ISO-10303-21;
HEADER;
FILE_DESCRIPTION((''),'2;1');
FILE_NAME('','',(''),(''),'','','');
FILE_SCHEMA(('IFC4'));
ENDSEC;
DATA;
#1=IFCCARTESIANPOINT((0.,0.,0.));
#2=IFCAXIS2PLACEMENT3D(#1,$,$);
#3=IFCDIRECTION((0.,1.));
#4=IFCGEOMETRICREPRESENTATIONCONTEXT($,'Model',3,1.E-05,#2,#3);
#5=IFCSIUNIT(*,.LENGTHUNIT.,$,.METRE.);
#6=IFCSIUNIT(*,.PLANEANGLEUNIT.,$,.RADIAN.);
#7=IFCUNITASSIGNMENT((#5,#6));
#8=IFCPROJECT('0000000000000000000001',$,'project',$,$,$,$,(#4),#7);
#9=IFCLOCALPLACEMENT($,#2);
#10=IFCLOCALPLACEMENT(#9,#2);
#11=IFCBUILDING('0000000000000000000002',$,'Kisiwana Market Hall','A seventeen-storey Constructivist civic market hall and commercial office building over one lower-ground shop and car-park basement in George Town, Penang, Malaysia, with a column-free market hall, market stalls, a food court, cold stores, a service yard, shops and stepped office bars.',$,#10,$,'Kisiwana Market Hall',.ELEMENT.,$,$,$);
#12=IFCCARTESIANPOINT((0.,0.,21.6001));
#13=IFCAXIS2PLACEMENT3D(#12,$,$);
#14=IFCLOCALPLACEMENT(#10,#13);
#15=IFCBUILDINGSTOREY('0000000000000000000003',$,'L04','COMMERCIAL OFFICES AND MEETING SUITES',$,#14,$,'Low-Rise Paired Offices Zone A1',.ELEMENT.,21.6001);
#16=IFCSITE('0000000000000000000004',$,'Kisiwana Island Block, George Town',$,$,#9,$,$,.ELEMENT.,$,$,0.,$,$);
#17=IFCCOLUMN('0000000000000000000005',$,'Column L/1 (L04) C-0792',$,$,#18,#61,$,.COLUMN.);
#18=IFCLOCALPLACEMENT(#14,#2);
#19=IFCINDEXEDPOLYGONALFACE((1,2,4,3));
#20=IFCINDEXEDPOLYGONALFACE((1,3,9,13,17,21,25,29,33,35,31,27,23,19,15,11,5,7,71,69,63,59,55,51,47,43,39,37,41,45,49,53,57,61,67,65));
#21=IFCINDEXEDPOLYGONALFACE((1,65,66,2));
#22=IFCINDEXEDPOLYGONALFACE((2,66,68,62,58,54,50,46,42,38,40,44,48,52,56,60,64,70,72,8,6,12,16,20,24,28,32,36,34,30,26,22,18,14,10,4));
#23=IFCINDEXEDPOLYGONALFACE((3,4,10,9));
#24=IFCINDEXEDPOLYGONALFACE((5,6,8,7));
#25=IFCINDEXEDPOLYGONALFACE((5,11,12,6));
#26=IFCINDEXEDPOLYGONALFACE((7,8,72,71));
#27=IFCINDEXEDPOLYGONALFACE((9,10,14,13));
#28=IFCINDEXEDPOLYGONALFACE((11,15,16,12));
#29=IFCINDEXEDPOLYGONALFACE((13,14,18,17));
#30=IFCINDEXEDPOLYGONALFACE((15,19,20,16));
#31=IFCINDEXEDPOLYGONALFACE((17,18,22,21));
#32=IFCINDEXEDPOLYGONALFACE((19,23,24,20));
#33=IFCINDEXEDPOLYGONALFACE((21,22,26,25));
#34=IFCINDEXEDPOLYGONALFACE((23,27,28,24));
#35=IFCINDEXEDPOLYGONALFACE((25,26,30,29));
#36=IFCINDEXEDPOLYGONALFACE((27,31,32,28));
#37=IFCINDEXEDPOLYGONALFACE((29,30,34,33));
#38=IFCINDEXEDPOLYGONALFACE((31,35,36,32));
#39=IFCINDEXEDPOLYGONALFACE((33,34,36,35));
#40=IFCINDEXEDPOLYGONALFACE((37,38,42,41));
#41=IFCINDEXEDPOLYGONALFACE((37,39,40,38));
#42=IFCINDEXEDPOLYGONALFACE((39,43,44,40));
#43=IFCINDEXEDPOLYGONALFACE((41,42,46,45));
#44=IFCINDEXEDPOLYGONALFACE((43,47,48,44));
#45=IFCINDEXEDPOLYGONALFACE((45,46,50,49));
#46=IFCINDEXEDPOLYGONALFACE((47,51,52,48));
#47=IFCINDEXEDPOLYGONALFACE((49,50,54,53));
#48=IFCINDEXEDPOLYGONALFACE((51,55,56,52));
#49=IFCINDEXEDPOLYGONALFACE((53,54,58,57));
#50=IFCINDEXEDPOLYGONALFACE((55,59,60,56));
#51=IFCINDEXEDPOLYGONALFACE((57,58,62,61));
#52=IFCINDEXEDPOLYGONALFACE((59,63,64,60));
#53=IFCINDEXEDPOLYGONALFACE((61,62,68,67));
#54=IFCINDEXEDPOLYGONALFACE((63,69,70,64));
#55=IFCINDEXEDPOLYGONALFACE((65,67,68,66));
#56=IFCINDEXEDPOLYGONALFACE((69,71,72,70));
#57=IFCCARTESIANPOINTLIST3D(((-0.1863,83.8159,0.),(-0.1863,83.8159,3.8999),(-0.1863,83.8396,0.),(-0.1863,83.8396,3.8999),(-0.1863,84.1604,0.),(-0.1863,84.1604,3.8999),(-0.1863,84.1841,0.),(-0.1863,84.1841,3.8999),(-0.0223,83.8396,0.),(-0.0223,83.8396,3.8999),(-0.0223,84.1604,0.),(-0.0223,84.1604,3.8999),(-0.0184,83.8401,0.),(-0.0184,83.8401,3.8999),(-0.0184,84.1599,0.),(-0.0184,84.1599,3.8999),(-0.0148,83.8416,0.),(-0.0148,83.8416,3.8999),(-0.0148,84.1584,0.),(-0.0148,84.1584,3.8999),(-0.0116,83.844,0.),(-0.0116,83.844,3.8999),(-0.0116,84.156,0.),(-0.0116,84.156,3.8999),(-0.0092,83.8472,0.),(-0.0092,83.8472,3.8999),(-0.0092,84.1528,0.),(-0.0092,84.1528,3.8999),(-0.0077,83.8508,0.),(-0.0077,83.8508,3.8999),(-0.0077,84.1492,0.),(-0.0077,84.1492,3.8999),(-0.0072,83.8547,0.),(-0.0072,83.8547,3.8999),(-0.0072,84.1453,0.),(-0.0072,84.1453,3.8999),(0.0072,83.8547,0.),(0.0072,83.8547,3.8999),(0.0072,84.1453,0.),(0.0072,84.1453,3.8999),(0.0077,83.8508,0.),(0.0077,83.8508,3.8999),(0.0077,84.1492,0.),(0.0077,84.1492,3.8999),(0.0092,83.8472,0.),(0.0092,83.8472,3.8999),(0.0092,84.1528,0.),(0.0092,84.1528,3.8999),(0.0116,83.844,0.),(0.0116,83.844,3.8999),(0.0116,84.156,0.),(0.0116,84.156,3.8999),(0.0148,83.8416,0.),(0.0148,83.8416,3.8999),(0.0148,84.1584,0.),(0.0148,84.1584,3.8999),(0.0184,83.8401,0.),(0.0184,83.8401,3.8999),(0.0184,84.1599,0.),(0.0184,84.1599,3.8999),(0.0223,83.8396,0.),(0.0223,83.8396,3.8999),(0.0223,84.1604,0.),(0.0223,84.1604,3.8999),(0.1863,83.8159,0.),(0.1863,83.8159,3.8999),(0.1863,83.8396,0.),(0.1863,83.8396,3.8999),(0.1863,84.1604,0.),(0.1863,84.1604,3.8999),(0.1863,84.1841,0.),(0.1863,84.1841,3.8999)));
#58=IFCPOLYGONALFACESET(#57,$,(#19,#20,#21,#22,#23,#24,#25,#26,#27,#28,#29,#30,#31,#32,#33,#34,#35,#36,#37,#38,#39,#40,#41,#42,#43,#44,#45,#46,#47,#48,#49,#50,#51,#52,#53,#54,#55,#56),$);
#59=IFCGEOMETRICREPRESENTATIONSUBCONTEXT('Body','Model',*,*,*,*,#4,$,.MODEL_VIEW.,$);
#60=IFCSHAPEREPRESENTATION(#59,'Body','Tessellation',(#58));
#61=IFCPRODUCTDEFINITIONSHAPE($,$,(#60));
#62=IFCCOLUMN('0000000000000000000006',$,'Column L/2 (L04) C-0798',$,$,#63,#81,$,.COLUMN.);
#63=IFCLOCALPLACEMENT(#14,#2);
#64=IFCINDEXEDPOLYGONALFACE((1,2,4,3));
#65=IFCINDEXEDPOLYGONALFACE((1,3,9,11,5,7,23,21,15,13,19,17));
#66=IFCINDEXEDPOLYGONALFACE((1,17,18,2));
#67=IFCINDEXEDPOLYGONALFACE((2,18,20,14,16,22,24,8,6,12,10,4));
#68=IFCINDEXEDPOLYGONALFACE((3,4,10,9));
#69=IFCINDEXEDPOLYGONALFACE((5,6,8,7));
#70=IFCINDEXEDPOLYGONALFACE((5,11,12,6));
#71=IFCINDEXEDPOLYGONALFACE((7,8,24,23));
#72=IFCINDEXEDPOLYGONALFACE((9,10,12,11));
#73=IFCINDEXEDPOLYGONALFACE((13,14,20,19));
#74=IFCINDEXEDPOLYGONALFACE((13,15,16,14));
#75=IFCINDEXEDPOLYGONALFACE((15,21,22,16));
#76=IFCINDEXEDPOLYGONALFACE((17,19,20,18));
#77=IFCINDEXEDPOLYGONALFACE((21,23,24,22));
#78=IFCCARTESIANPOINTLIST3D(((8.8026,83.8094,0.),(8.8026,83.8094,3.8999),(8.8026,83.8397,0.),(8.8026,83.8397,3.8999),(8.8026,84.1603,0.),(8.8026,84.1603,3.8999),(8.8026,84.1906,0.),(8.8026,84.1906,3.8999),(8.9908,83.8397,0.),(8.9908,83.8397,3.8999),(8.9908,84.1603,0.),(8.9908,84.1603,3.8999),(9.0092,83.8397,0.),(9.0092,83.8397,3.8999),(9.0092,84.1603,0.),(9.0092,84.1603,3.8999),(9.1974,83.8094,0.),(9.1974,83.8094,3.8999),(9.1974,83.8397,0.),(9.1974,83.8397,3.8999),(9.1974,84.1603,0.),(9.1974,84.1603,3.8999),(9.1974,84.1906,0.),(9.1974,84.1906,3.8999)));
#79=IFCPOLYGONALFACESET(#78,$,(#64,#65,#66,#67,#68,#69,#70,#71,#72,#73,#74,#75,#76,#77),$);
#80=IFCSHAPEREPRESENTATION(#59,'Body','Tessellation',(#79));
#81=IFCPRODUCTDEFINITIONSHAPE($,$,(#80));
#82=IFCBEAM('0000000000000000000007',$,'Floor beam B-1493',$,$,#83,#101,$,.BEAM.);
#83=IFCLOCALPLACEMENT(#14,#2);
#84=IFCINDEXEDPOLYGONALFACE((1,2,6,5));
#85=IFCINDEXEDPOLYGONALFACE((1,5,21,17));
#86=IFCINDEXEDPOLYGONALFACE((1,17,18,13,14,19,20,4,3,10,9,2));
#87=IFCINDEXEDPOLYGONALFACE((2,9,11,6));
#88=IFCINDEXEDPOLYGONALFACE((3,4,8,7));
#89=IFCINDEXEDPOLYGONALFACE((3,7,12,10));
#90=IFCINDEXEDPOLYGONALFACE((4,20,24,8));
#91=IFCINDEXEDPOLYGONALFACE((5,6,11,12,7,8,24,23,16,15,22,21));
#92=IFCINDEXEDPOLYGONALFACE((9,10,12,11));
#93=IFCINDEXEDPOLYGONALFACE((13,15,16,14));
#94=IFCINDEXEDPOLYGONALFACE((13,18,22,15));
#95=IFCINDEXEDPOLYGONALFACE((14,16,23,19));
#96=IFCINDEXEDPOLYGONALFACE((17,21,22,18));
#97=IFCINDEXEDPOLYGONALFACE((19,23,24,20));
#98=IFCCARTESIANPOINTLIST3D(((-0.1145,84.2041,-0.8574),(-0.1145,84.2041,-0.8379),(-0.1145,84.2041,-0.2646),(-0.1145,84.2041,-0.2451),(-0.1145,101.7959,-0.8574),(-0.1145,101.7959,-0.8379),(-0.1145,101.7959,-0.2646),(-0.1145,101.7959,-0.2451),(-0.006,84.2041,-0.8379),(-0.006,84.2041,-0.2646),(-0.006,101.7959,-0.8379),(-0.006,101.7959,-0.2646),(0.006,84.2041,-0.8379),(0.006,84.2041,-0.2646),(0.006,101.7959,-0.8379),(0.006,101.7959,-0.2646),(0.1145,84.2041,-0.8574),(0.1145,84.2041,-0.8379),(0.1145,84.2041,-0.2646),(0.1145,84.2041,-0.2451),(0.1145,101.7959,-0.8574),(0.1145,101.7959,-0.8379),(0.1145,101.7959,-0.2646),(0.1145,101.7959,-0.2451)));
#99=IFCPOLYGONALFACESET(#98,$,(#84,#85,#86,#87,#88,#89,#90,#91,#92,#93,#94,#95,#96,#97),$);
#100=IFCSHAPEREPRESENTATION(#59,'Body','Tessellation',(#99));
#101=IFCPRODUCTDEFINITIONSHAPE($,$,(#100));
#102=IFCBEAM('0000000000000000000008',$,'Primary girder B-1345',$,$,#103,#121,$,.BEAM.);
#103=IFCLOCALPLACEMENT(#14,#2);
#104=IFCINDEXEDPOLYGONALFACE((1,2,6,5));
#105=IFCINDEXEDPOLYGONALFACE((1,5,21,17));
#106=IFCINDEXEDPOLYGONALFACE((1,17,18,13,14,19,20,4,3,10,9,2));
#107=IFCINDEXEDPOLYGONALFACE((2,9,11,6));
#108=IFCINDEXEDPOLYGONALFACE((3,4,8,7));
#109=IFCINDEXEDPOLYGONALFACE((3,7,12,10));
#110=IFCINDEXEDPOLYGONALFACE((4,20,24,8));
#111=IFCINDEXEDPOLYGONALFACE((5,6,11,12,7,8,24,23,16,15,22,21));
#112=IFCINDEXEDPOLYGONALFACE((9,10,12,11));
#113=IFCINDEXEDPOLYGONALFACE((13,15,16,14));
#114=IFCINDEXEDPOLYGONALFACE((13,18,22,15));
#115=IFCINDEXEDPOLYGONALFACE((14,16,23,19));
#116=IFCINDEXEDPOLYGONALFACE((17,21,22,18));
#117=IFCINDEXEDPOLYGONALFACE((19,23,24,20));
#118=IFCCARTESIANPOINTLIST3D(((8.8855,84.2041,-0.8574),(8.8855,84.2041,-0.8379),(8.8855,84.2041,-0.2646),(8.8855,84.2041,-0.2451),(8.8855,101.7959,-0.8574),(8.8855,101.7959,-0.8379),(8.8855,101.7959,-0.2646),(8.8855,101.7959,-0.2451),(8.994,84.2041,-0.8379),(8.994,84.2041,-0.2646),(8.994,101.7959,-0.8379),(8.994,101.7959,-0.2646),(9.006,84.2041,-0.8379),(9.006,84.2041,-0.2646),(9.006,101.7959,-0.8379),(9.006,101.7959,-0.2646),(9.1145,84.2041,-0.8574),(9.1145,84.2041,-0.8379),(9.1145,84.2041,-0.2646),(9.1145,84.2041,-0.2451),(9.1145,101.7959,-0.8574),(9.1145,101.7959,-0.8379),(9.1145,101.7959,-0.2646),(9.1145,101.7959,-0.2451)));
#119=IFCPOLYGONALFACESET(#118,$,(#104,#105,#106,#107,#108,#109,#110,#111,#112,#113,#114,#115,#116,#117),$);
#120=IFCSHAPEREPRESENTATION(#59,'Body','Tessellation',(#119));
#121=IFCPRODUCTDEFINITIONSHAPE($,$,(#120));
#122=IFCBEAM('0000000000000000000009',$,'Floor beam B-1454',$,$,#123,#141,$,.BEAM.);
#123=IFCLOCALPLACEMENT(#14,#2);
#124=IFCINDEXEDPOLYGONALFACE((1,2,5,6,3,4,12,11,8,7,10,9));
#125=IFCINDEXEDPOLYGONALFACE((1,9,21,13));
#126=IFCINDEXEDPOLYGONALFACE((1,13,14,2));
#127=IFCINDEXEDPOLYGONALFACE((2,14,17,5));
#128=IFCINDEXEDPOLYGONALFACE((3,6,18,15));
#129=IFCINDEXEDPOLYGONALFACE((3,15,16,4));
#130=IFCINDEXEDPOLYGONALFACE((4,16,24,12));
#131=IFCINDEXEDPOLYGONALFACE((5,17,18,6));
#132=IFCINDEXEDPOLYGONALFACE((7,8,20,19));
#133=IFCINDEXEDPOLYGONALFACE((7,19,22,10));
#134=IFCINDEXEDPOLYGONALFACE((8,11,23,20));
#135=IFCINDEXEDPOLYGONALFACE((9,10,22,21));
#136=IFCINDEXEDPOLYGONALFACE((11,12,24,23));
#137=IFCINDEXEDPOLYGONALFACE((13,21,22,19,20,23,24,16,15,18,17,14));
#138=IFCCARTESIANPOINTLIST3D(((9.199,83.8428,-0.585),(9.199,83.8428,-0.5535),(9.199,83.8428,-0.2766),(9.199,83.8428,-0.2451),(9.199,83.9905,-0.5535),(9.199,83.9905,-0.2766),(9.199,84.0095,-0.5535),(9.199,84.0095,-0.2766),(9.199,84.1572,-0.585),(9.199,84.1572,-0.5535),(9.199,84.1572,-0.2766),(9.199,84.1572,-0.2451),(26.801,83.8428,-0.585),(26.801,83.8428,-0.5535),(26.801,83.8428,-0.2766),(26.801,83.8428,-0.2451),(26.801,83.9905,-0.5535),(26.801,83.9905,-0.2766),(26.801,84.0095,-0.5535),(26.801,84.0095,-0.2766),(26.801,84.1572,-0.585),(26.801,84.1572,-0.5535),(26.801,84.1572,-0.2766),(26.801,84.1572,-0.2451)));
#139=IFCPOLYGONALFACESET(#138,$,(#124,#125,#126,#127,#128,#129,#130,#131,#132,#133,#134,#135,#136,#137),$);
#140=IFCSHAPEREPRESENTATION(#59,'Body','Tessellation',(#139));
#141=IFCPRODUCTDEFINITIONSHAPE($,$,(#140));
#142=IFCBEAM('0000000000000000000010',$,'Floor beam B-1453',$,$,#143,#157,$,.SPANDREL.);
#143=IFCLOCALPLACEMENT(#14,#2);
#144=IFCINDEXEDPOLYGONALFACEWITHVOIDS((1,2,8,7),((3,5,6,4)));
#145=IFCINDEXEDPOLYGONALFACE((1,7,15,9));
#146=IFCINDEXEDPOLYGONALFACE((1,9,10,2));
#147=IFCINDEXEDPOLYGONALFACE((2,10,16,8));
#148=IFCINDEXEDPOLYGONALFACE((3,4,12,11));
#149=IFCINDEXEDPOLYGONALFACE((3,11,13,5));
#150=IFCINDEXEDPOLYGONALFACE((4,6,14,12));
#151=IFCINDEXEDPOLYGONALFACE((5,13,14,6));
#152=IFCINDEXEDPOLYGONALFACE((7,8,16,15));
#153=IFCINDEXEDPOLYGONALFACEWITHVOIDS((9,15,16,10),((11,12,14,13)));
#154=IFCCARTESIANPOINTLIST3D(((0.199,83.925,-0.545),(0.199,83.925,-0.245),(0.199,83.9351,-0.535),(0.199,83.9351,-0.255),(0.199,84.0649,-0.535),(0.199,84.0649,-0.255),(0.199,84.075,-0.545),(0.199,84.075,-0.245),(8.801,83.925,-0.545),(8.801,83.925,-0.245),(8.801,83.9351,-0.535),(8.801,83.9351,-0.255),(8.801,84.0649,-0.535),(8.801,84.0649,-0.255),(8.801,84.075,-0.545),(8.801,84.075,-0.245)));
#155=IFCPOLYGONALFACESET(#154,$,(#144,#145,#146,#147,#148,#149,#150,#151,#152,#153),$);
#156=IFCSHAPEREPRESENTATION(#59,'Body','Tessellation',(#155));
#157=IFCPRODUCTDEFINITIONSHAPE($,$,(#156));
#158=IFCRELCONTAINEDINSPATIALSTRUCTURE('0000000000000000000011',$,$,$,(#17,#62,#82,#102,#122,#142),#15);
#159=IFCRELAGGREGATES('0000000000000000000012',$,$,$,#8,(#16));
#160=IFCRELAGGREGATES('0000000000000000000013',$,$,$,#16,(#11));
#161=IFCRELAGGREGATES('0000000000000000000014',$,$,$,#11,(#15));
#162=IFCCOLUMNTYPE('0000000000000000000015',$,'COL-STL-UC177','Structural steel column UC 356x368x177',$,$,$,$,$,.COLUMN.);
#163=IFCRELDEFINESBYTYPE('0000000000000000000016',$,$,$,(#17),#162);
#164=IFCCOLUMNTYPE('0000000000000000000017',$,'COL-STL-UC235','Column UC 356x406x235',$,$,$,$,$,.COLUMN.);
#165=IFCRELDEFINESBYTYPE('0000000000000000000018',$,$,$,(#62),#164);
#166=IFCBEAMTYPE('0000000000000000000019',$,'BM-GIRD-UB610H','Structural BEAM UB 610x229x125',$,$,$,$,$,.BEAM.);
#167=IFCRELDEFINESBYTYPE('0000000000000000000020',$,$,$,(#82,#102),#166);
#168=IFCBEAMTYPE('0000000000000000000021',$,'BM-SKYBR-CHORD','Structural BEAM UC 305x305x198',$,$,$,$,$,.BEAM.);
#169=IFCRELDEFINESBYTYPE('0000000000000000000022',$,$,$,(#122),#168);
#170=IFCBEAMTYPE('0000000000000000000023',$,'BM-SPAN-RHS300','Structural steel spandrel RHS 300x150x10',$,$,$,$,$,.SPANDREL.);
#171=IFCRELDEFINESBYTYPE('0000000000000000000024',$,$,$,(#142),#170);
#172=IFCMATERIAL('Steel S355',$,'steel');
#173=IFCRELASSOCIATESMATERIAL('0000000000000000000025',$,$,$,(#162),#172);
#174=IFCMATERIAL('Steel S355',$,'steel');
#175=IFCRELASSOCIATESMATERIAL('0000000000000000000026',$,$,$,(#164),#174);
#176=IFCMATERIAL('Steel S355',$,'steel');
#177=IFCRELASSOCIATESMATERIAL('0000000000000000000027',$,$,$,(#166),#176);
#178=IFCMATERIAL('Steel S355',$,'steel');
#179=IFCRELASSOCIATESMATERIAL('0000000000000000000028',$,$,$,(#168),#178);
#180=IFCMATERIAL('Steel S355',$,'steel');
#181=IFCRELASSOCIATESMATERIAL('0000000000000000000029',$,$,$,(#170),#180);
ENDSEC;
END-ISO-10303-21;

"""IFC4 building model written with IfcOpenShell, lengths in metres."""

from ifc_helpers import new_model, si_unit, direction, frame, origin, origin_2d, place, context, subcontext, project, spatial, hollow_rectangle, i_section, extrude, material, material_profile, profile_set, type_object, element, save


model = new_model("IFC4")

# Units and contexts
model_context = context("Model", 3, precision=1e-05, world=origin(), true_north=direction((0.0, 1.0)))
body_context = subcontext(model_context, "Body", "Model", "MODEL_VIEW")
ifc_project = project(units=[si_unit("LENGTHUNIT", "METRE"), si_unit("PLANEANGLEUNIT", "RADIAN")], contexts=[model_context])

# Site, building, storey
site_placement = place(None, origin())
site = spatial("IfcSite", under=ifc_project, at=site_placement, Name="Kisiwana Island Block, George Town", CompositionType="ELEMENT", RefElevation=0.0)
building_placement = place(site_placement, origin())
building = spatial("IfcBuilding", under=site, at=building_placement, Name="Kisiwana Market Hall", Description="A seventeen-storey Constructivist civic market hall and commercial office building over one lower-ground shop and car-park basement in George Town, Penang, Malaysia, with a column-free market hall, market stalls, a food court, cold stores, a service yard, shops and stepped office bars.", LongName="Kisiwana Market Hall", CompositionType="ELEMENT")
storey_placement = place(building_placement, frame((0.0, 0.0, 21.6001)))
storey = spatial("IfcBuildingStorey", under=building, at=storey_placement, Name="L04", Description="COMMERCIAL OFFICES AND MEETING SUITES", LongName="Low-Rise Paired Offices Zone A1", CompositionType="ELEMENT", Elevation=21.6001)

# Columns
ifc_material_1 = material(Name="Steel S355", Category="steel")
ifc_material_profile_1 = material_profile(ifc_material_1, i_section(OverallWidth=0.3726, OverallDepth=0.3682, WebThickness=0.0144, FlangeThickness=0.0237, FilletRadius=0.0151, at=origin_2d()), Name="UC 356x368x177")
ifc_profile_set_1 = profile_set([ifc_material_profile_1], Name="Steel S355")
column_type_1 = type_object("IfcColumnType", Name="COL-STL-UC177", Description="Structural steel column UC 356x368x177", PredefinedType="COLUMN", material=ifc_profile_set_1)
column_1_placement = place(storey_placement, frame((0.0, 84.0, 0.0), z_axis=(0.0, 0.0, 1.0), x_axis=(1.0, 0.0, 0.0)))
element("IfcColumn", 1, at=column_1_placement, inside=storey, type_object=column_type_1, Name="Column L/1 (L04) C-0792", PredefinedType="COLUMN", context=body_context, shape_type="SweptSolid", body=[
    extrude(i_section(OverallWidth=0.3726, OverallDepth=0.3682, WebThickness=0.0144, FlangeThickness=0.0237, FilletRadius=0.0151, at=origin_2d()), origin(), (0.0, 0.0, 1.0), 3.8999),
])
ifc_material_2 = material(Name="Steel S355", Category="steel")
ifc_material_profile_2 = material_profile(ifc_material_2, i_section(OverallWidth=0.3948, OverallDepth=0.3811, WebThickness=0.0183, FlangeThickness=0.0303, at=origin_2d()), Name="UC 356x406x235")
ifc_profile_set_2 = profile_set([ifc_material_profile_2], Name="Steel S355")
column_type_2 = type_object("IfcColumnType", Name="COL-STL-UC235", Description="Column UC 356x406x235", PredefinedType="COLUMN", material=ifc_profile_set_2)
column_2_placement = place(storey_placement, frame((9.0, 84.0, 0.0), z_axis=(0.0, 0.0, 1.0), x_axis=(1.0, 0.0, 0.0)))
element("IfcColumn", 2, at=column_2_placement, inside=storey, type_object=column_type_2, Name="Column L/2 (L04) C-0798", PredefinedType="COLUMN", context=body_context, shape_type="SweptSolid", body=[
    extrude(i_section(OverallWidth=0.3948, OverallDepth=0.3811, WebThickness=0.0183, FlangeThickness=0.0303, at=origin_2d()), origin(), (0.0, 0.0, 1.0), 3.8999),
])

# Beams
ifc_material_3 = material(Name="Steel S355", Category="steel")
ifc_material_profile_3 = material_profile(ifc_material_3, i_section(OverallWidth=0.229, OverallDepth=0.6123, WebThickness=0.012, FlangeThickness=0.0195, at=origin_2d()), Name="UB 610x229x125")
ifc_profile_set_3 = profile_set([ifc_material_profile_3], Name="Steel S355")
beam_type_1 = type_object("IfcBeamType", Name="BM-GIRD-UB610H", Description="Structural BEAM UB 610x229x125", PredefinedType="BEAM", material=ifc_profile_set_3)
for number, where, z_axis, x_axis, name in (
    (3, (0.0, 84.2041, -0.5513), (0.0, 1.0, 0.0), (-1.0, 0.0, 0.0), "Floor beam B-1493"),
    (4, (9.0, 84.2041, -0.5513), (0.0, 1.0, 0.0), (-1.0, 0.0, 0.0), "Primary girder B-1345"),
):
    element("IfcBeam", number, at=place(storey_placement, frame(where, z_axis=z_axis, x_axis=x_axis)), inside=storey, type_object=beam_type_1, Name=name, PredefinedType="BEAM", context=body_context, shape_type="SweptSolid", body=[
        extrude(i_section(OverallWidth=0.229, OverallDepth=0.6123, WebThickness=0.012, FlangeThickness=0.0195, at=origin_2d()), origin(), (0.0, 0.0, 1.0), 17.5918),
    ])
ifc_material_4 = material(Name="Steel S355", Category="steel")
ifc_material_profile_4 = material_profile(ifc_material_4, i_section(OverallWidth=0.3145, OverallDepth=0.3398, WebThickness=0.019, FlangeThickness=0.0315, at=origin_2d()), Name="UC 305x305x198")
ifc_profile_set_4 = profile_set([ifc_material_profile_4], Name="Steel S355")
beam_type_2 = type_object("IfcBeamType", Name="BM-SKYBR-CHORD", Description="Structural BEAM UC 305x305x198", PredefinedType="BEAM", material=ifc_profile_set_4)
beam_1_placement = place(storey_placement, frame((9.199, 84.0, -0.415), z_axis=(1.0, 0.0, 0.0), x_axis=(0.0, 1.0, 0.0)))
element("IfcBeam", 5, at=beam_1_placement, inside=storey, type_object=beam_type_2, Name="Floor beam B-1454", PredefinedType="BEAM", context=body_context, shape_type="SweptSolid", body=[
    extrude(i_section(OverallWidth=0.3145, OverallDepth=0.3398, WebThickness=0.019, FlangeThickness=0.0315, at=origin_2d()), origin(), (0.0, 0.0, 1.0), 17.6021),
])
ifc_material_5 = material(Name="Steel S355", Category="steel")
ifc_material_profile_5 = material_profile(ifc_material_5, hollow_rectangle(XDim=0.1499, YDim=0.3, WallThickness=0.01, at=origin_2d()), Name="RHS 300x150x10")
ifc_profile_set_5 = profile_set([ifc_material_profile_5], Name="Steel S355")
beam_type_3 = type_object("IfcBeamType", Name="BM-SPAN-RHS300", Description="Structural steel spandrel RHS 300x150x10", PredefinedType="SPANDREL", material=ifc_profile_set_5)
beam_2_placement = place(storey_placement, frame((0.199, 84.0, -0.395), z_axis=(1.0, 0.0, 0.0), x_axis=(0.0, 1.0, 0.0)))
element("IfcBeam", 6, at=beam_2_placement, inside=storey, type_object=beam_type_3, Name="Floor beam B-1453", PredefinedType="SPANDREL", context=body_context, shape_type="SweptSolid", body=[
    extrude(hollow_rectangle(XDim=0.1499, YDim=0.3, WallThickness=0.01, at=origin_2d()), origin(), (0.0, 0.0, 1.0), 8.6021),
])

save(model, "model.ifc")
